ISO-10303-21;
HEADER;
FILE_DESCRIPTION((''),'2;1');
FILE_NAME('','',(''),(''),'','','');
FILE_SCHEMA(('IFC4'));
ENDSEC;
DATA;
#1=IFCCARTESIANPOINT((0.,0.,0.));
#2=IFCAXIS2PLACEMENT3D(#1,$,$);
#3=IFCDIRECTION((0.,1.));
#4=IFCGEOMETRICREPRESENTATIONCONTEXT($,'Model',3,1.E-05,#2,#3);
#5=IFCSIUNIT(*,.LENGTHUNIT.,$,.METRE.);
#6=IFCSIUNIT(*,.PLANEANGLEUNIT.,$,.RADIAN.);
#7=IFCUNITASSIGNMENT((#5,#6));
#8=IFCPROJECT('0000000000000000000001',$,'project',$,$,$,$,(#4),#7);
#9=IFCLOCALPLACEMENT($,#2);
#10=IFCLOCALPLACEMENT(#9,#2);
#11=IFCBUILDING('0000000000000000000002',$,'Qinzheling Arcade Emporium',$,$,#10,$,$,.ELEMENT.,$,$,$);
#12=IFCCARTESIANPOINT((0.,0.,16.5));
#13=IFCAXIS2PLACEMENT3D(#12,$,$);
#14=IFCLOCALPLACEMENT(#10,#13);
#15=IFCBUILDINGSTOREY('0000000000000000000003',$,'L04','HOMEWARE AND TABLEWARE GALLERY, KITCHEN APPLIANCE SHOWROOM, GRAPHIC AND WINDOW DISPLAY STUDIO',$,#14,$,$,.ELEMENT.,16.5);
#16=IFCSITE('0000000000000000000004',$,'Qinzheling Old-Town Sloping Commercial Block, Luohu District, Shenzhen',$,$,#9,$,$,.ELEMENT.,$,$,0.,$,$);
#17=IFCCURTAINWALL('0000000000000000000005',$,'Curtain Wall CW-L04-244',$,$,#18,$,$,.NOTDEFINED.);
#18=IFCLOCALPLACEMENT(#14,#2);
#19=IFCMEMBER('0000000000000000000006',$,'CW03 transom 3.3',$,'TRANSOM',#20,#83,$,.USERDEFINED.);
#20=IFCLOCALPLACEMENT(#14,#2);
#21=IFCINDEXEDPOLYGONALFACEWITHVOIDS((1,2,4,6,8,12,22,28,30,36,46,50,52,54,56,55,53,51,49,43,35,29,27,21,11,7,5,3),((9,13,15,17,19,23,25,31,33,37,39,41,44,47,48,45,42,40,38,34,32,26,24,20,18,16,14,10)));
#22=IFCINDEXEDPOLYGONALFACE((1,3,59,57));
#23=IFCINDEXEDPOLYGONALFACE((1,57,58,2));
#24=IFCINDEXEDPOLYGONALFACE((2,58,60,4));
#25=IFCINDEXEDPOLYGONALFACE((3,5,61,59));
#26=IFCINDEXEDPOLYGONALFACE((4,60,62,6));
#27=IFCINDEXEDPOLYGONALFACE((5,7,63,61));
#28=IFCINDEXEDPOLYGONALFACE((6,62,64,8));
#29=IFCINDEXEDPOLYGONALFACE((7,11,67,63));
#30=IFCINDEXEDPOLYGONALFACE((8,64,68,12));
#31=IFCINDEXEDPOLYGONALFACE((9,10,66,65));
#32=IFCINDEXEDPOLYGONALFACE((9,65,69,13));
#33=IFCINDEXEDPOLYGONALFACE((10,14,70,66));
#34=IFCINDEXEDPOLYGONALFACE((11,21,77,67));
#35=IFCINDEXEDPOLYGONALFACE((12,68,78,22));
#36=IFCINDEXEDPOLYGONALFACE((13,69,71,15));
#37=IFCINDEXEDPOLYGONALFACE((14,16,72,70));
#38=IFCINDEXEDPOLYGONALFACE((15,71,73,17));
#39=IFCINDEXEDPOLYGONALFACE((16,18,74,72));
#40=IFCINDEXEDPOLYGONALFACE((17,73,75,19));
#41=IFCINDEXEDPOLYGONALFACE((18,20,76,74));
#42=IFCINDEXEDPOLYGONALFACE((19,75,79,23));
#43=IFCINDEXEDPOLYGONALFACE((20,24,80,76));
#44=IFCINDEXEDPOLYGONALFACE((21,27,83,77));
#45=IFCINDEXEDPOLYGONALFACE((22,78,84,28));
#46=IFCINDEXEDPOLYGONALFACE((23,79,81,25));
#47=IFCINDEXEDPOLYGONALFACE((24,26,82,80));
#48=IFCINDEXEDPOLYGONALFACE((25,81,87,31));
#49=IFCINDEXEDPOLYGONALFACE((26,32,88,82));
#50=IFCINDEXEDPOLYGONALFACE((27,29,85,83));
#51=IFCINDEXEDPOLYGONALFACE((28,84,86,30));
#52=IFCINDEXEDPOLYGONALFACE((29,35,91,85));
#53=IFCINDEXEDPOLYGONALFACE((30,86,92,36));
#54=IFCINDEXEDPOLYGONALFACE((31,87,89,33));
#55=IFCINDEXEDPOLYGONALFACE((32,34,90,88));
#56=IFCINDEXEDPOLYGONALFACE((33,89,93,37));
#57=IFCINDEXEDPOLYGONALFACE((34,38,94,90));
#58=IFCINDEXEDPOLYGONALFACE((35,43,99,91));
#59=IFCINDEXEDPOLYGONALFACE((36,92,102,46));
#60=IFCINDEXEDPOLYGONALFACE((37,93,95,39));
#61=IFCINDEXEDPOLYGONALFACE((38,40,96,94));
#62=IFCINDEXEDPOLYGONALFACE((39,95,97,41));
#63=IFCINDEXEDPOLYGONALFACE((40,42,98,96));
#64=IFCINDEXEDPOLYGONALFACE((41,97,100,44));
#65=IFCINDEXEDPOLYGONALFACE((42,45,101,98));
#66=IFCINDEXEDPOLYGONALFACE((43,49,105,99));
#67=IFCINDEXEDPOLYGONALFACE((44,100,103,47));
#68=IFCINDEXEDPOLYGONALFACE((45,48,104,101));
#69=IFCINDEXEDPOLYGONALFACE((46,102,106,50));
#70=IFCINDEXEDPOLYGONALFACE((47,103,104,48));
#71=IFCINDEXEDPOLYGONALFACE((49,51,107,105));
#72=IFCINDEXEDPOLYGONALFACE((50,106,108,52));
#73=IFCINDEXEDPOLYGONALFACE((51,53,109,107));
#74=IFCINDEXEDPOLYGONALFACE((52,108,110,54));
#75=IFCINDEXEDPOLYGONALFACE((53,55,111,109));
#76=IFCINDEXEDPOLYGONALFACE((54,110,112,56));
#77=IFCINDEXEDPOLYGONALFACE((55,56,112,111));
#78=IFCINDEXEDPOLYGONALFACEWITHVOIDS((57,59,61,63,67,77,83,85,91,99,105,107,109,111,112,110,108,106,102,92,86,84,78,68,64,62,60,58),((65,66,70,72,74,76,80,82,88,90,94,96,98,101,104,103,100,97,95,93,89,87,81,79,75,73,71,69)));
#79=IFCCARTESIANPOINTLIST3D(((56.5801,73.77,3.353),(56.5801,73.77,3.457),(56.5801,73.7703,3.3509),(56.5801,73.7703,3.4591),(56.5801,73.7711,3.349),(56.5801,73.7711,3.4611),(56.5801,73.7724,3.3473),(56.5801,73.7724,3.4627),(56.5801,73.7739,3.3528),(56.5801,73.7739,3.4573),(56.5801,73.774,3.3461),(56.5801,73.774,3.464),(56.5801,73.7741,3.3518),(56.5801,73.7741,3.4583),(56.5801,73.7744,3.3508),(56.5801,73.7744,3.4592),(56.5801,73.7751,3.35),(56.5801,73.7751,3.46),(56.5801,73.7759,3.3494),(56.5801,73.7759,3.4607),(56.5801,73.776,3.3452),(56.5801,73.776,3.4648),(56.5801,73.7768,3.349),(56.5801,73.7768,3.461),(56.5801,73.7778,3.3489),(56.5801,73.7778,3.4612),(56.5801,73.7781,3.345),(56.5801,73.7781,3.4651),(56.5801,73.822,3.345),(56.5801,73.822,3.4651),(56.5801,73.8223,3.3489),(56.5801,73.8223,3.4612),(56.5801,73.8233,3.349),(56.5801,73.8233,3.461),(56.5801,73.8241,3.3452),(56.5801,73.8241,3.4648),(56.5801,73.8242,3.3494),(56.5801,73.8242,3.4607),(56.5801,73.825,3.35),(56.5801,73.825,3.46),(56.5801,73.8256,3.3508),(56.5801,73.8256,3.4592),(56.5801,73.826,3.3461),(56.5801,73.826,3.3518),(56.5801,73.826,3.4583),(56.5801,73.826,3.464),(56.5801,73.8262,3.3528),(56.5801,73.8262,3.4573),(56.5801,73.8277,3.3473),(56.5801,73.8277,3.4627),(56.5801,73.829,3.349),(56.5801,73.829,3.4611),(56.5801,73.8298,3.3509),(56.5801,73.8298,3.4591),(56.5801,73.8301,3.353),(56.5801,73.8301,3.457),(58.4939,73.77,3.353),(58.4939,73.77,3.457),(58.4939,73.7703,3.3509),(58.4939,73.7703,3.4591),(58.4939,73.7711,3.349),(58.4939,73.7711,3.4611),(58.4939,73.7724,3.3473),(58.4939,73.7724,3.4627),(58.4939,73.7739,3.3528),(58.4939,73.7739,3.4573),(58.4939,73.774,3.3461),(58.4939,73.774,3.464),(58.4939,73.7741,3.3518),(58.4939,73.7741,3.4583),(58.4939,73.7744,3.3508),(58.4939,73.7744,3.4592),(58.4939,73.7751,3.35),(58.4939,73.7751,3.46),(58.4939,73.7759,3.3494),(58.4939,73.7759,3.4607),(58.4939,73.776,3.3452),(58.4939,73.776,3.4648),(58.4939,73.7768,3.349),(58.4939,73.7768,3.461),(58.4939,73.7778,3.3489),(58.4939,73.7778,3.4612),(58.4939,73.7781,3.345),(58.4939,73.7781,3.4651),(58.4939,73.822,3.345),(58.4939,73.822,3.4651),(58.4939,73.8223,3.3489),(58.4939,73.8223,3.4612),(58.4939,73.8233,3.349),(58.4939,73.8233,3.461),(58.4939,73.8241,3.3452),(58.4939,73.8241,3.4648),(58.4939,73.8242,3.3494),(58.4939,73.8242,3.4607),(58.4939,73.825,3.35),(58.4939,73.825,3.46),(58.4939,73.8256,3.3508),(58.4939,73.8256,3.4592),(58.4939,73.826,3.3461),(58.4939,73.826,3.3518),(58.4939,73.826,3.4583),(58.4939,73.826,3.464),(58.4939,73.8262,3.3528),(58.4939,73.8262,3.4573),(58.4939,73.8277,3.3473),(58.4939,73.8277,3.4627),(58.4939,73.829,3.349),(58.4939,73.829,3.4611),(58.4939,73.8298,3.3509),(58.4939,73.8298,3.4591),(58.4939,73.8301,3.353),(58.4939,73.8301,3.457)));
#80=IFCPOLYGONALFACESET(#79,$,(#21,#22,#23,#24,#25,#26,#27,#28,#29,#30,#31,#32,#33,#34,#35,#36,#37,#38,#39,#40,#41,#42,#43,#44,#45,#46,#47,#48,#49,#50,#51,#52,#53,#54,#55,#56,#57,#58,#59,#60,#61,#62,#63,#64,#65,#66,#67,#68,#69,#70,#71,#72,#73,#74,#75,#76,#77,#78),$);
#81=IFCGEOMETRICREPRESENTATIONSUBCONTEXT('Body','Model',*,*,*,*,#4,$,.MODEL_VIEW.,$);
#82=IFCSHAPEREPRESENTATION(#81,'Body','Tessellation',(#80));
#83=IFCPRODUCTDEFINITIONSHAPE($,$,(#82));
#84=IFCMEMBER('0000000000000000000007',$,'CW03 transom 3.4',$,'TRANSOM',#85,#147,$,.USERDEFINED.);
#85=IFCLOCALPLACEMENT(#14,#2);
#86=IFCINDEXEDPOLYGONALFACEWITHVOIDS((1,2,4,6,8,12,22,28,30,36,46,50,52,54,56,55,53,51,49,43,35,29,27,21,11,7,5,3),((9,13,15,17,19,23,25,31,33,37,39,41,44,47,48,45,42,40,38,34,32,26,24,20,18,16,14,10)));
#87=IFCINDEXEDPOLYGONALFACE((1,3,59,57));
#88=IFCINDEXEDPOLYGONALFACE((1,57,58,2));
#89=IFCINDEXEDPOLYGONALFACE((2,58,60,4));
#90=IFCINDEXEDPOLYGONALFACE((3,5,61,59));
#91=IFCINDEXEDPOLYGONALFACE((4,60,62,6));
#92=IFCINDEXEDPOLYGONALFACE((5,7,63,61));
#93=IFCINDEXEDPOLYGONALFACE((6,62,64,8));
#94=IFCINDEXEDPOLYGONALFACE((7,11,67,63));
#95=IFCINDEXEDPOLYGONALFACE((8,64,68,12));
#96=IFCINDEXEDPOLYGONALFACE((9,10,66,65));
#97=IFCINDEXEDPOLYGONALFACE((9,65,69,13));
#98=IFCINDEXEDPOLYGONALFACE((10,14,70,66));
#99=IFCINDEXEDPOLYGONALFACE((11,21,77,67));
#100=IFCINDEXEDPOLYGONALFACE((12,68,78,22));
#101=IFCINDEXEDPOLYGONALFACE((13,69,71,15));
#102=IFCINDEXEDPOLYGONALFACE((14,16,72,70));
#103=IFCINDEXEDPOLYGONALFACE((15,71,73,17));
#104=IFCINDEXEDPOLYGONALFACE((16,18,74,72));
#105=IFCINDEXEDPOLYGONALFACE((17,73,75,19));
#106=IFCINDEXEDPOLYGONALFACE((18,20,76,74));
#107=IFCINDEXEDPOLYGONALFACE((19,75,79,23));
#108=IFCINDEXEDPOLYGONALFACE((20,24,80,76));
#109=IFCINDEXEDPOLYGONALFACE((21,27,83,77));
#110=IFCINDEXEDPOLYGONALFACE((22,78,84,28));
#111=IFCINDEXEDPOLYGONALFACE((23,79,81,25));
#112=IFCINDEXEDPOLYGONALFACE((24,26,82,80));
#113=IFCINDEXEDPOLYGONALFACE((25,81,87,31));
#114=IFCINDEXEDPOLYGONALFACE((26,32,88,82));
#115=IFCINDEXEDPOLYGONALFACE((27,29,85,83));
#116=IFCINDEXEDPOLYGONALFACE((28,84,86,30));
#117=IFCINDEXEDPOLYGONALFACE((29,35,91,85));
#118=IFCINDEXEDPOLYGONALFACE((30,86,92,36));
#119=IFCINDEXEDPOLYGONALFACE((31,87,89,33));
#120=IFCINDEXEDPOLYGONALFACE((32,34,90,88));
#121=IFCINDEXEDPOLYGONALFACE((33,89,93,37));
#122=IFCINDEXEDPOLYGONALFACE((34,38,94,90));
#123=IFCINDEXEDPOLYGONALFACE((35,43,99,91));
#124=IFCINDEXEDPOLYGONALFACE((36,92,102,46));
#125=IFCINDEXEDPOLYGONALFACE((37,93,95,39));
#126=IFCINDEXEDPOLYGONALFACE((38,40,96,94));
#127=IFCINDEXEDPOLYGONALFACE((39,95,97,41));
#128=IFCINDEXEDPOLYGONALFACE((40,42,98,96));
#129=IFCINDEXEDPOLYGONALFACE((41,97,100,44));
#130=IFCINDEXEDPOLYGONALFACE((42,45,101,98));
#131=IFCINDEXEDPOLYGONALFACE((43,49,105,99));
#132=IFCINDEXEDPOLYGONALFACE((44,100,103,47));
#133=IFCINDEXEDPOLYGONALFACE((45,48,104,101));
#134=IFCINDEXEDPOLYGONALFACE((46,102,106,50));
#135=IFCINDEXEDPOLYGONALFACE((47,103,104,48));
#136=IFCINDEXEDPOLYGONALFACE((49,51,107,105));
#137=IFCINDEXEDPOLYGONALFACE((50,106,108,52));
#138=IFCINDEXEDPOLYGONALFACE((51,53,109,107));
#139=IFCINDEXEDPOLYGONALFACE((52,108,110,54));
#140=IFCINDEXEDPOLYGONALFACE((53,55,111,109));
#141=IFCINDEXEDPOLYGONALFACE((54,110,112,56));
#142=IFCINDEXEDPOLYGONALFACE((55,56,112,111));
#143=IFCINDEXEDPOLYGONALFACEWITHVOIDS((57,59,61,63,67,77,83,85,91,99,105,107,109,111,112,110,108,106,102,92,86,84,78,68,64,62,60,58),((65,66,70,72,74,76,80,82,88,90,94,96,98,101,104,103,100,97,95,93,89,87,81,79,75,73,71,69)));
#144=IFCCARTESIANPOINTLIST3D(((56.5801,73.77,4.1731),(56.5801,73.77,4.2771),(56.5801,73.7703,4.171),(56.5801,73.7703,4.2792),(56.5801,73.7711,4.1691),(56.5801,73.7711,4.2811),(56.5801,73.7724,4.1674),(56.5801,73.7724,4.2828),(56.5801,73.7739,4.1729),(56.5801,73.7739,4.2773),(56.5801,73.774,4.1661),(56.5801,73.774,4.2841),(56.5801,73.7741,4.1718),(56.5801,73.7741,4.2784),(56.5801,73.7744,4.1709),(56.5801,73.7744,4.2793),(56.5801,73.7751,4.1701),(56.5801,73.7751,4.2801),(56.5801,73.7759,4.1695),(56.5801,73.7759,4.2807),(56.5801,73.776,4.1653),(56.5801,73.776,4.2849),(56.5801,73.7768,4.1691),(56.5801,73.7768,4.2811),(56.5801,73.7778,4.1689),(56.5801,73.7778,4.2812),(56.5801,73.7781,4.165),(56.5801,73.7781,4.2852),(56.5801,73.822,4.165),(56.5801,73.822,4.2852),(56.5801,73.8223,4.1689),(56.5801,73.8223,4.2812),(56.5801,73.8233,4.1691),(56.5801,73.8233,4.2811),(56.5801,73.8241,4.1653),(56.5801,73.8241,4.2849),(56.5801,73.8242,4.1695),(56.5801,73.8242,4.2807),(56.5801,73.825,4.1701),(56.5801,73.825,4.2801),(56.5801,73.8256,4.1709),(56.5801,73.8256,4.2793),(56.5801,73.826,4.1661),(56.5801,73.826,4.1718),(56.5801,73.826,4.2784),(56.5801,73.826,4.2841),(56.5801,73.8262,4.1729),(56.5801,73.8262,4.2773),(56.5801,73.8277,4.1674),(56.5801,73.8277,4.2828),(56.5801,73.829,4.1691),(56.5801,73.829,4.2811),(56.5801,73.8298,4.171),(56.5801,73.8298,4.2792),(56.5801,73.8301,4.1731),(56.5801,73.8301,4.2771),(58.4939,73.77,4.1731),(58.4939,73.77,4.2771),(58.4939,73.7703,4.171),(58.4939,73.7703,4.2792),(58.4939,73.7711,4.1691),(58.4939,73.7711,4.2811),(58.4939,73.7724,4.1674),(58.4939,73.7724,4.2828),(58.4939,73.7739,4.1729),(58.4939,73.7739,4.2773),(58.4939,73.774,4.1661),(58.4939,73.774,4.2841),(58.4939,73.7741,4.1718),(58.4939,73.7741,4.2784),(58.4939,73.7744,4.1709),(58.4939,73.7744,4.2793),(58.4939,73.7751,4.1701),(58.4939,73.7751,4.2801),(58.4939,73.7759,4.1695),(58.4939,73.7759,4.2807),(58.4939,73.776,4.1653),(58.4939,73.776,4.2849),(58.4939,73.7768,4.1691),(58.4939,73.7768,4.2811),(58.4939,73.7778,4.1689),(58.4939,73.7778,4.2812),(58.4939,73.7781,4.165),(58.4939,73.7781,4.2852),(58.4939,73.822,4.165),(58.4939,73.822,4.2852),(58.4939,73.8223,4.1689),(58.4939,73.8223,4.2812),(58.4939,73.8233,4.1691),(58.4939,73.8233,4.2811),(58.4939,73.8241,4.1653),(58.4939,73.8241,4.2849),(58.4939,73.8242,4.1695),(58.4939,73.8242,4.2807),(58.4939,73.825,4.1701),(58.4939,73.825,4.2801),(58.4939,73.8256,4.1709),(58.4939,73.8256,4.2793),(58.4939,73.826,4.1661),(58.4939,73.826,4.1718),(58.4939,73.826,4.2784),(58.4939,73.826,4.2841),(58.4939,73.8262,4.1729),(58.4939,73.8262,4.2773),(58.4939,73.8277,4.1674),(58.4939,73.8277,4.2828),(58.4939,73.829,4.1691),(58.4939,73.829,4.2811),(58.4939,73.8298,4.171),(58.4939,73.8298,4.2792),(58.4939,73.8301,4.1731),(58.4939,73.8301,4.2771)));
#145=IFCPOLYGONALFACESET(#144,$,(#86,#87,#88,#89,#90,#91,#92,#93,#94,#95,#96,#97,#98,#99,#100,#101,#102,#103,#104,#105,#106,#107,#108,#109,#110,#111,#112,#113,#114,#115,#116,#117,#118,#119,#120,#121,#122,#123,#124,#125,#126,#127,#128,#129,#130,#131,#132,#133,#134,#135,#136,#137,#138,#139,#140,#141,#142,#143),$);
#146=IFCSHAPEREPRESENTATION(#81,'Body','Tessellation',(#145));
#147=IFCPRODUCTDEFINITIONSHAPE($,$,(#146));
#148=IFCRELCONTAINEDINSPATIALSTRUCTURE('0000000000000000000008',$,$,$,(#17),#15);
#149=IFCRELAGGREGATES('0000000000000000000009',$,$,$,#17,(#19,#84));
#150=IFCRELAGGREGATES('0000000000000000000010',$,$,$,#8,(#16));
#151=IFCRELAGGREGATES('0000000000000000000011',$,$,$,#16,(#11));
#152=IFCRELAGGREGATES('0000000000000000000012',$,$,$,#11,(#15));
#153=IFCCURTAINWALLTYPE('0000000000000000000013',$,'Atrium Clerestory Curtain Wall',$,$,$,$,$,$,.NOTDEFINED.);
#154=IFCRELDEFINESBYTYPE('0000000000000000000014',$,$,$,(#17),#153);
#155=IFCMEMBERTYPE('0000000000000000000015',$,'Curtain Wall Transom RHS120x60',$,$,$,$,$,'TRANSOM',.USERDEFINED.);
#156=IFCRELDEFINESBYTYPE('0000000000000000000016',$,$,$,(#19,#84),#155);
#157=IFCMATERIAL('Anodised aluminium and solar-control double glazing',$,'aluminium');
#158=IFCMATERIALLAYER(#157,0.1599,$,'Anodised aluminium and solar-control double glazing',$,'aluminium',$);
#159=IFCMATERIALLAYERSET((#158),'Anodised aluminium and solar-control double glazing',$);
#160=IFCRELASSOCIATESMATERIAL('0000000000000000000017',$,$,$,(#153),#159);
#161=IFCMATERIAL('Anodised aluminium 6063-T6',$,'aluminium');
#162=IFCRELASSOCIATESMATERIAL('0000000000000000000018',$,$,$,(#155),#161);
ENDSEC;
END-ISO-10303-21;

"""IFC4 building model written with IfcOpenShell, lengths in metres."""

from ifc_helpers import new_model, si_unit, direction, frame, origin, origin_2d, place, context, subcontext, project, spatial, hollow_rectangle, extrude, material, layer, layer_set, material_profile, profile_set, type_object, element, aggregate, save


model = new_model("IFC4")

# Units and contexts
model_context = context("Model", 3, precision=1e-05, world=origin(), true_north=direction((0.0, 1.0)))
body_context = subcontext(model_context, "Body", "Model", "MODEL_VIEW")
ifc_project = project(units=[si_unit("LENGTHUNIT", "METRE"), si_unit("PLANEANGLEUNIT", "RADIAN")], contexts=[model_context])

# Site, building, storey
site_placement = place(None, origin())
site = spatial("IfcSite", under=ifc_project, at=site_placement, Name="Qinzheling Old-Town Sloping Commercial Block, Luohu District, Shenzhen", CompositionType="ELEMENT", RefElevation=0.0)
building_placement = place(site_placement, origin())
building = spatial("IfcBuilding", under=site, at=building_placement, Name="Qinzheling Arcade Emporium", CompositionType="ELEMENT")
storey_placement = place(building_placement, frame((0.0, 0.0, 16.5)))
storey = spatial("IfcBuildingStorey", under=building, at=storey_placement, Name="L04", Description="HOMEWARE AND TABLEWARE GALLERY, KITCHEN APPLIANCE SHOWROOM, GRAPHIC AND WINDOW DISPLAY STUDIO", CompositionType="ELEMENT", Elevation=16.5)

# Curtain wall
ifc_material_1 = material(Name="Anodised aluminium and solar-control double glazing", Category="aluminium")
ifc_layer_1 = layer(ifc_material_1, 0.1599, Name="Anodised aluminium and solar-control double glazing", Category="aluminium")
ifc_layer_set_1 = layer_set([ifc_layer_1], Name="Anodised aluminium and solar-control double glazing")
curtain_wall_type = type_object("IfcCurtainWallType", Name="Atrium Clerestory Curtain Wall", PredefinedType="NOTDEFINED", material=ifc_layer_set_1)
curtain_wall_1_placement = place(storey_placement, origin())
curtain_wall_1 = element("IfcCurtainWall", 1, at=curtain_wall_1_placement, inside=storey, type_object=curtain_wall_type, Name="Curtain Wall CW-L04-244", PredefinedType="NOTDEFINED")
ifc_material_2 = material(Name="Anodised aluminium 6063-T6", Category="aluminium")

# Members
ifc_material_profile_1 = material_profile(ifc_material_2, hollow_rectangle(XDim=0.0601, YDim=0.1201, WallThickness=0.0039, InnerFilletRadius=0.0039, OuterFilletRadius=0.0081, at=origin_2d()), Name="RHS 120x60x4", Category="aluminium")
ifc_profile_set_1 = profile_set([ifc_material_profile_1], Name="Anodised aluminium 6063-T6")
member_type_1 = type_object("IfcMemberType", Name="Curtain Wall Transom RHS120x60", ElementType="TRANSOM", PredefinedType="USERDEFINED", material=ifc_profile_set_1)
member_1_placement = place(storey_placement, frame((56.5801, 73.8, 3.405), z_axis=(1.0, 0.0, 0.0), x_axis=(0.0, 1.0, 0.0)))
member_1 = element("IfcMember", 2, at=member_1_placement, type_object=member_type_1, Name="CW03 transom 3.3", ObjectType="TRANSOM", PredefinedType="USERDEFINED", context=body_context, shape_type="SweptSolid", body=[
    extrude(hollow_rectangle(XDim=0.0601, YDim=0.1201, WallThickness=0.0039, InnerFilletRadius=0.0039, OuterFilletRadius=0.0081, at=origin_2d()), origin(), (0.0, 0.0, 1.0), 1.9138),
])
member_2_placement = place(storey_placement, frame((56.5801, 73.8, 4.2251), z_axis=(1.0, 0.0, 0.0), x_axis=(0.0, 1.0, 0.0)))
member_2 = element("IfcMember", 3, at=member_2_placement, type_object=member_type_1, Name="CW03 transom 3.4", ObjectType="TRANSOM", PredefinedType="USERDEFINED", context=body_context, shape_type="SweptSolid", body=[
    extrude(hollow_rectangle(XDim=0.0601, YDim=0.1201, WallThickness=0.0039, InnerFilletRadius=0.0039, OuterFilletRadius=0.0081, at=origin_2d()), origin(), (0.0, 0.0, 1.0), 1.9138),
])

aggregate(curtain_wall_1, [member_1, member_2])

save(model, "model.ifc")
